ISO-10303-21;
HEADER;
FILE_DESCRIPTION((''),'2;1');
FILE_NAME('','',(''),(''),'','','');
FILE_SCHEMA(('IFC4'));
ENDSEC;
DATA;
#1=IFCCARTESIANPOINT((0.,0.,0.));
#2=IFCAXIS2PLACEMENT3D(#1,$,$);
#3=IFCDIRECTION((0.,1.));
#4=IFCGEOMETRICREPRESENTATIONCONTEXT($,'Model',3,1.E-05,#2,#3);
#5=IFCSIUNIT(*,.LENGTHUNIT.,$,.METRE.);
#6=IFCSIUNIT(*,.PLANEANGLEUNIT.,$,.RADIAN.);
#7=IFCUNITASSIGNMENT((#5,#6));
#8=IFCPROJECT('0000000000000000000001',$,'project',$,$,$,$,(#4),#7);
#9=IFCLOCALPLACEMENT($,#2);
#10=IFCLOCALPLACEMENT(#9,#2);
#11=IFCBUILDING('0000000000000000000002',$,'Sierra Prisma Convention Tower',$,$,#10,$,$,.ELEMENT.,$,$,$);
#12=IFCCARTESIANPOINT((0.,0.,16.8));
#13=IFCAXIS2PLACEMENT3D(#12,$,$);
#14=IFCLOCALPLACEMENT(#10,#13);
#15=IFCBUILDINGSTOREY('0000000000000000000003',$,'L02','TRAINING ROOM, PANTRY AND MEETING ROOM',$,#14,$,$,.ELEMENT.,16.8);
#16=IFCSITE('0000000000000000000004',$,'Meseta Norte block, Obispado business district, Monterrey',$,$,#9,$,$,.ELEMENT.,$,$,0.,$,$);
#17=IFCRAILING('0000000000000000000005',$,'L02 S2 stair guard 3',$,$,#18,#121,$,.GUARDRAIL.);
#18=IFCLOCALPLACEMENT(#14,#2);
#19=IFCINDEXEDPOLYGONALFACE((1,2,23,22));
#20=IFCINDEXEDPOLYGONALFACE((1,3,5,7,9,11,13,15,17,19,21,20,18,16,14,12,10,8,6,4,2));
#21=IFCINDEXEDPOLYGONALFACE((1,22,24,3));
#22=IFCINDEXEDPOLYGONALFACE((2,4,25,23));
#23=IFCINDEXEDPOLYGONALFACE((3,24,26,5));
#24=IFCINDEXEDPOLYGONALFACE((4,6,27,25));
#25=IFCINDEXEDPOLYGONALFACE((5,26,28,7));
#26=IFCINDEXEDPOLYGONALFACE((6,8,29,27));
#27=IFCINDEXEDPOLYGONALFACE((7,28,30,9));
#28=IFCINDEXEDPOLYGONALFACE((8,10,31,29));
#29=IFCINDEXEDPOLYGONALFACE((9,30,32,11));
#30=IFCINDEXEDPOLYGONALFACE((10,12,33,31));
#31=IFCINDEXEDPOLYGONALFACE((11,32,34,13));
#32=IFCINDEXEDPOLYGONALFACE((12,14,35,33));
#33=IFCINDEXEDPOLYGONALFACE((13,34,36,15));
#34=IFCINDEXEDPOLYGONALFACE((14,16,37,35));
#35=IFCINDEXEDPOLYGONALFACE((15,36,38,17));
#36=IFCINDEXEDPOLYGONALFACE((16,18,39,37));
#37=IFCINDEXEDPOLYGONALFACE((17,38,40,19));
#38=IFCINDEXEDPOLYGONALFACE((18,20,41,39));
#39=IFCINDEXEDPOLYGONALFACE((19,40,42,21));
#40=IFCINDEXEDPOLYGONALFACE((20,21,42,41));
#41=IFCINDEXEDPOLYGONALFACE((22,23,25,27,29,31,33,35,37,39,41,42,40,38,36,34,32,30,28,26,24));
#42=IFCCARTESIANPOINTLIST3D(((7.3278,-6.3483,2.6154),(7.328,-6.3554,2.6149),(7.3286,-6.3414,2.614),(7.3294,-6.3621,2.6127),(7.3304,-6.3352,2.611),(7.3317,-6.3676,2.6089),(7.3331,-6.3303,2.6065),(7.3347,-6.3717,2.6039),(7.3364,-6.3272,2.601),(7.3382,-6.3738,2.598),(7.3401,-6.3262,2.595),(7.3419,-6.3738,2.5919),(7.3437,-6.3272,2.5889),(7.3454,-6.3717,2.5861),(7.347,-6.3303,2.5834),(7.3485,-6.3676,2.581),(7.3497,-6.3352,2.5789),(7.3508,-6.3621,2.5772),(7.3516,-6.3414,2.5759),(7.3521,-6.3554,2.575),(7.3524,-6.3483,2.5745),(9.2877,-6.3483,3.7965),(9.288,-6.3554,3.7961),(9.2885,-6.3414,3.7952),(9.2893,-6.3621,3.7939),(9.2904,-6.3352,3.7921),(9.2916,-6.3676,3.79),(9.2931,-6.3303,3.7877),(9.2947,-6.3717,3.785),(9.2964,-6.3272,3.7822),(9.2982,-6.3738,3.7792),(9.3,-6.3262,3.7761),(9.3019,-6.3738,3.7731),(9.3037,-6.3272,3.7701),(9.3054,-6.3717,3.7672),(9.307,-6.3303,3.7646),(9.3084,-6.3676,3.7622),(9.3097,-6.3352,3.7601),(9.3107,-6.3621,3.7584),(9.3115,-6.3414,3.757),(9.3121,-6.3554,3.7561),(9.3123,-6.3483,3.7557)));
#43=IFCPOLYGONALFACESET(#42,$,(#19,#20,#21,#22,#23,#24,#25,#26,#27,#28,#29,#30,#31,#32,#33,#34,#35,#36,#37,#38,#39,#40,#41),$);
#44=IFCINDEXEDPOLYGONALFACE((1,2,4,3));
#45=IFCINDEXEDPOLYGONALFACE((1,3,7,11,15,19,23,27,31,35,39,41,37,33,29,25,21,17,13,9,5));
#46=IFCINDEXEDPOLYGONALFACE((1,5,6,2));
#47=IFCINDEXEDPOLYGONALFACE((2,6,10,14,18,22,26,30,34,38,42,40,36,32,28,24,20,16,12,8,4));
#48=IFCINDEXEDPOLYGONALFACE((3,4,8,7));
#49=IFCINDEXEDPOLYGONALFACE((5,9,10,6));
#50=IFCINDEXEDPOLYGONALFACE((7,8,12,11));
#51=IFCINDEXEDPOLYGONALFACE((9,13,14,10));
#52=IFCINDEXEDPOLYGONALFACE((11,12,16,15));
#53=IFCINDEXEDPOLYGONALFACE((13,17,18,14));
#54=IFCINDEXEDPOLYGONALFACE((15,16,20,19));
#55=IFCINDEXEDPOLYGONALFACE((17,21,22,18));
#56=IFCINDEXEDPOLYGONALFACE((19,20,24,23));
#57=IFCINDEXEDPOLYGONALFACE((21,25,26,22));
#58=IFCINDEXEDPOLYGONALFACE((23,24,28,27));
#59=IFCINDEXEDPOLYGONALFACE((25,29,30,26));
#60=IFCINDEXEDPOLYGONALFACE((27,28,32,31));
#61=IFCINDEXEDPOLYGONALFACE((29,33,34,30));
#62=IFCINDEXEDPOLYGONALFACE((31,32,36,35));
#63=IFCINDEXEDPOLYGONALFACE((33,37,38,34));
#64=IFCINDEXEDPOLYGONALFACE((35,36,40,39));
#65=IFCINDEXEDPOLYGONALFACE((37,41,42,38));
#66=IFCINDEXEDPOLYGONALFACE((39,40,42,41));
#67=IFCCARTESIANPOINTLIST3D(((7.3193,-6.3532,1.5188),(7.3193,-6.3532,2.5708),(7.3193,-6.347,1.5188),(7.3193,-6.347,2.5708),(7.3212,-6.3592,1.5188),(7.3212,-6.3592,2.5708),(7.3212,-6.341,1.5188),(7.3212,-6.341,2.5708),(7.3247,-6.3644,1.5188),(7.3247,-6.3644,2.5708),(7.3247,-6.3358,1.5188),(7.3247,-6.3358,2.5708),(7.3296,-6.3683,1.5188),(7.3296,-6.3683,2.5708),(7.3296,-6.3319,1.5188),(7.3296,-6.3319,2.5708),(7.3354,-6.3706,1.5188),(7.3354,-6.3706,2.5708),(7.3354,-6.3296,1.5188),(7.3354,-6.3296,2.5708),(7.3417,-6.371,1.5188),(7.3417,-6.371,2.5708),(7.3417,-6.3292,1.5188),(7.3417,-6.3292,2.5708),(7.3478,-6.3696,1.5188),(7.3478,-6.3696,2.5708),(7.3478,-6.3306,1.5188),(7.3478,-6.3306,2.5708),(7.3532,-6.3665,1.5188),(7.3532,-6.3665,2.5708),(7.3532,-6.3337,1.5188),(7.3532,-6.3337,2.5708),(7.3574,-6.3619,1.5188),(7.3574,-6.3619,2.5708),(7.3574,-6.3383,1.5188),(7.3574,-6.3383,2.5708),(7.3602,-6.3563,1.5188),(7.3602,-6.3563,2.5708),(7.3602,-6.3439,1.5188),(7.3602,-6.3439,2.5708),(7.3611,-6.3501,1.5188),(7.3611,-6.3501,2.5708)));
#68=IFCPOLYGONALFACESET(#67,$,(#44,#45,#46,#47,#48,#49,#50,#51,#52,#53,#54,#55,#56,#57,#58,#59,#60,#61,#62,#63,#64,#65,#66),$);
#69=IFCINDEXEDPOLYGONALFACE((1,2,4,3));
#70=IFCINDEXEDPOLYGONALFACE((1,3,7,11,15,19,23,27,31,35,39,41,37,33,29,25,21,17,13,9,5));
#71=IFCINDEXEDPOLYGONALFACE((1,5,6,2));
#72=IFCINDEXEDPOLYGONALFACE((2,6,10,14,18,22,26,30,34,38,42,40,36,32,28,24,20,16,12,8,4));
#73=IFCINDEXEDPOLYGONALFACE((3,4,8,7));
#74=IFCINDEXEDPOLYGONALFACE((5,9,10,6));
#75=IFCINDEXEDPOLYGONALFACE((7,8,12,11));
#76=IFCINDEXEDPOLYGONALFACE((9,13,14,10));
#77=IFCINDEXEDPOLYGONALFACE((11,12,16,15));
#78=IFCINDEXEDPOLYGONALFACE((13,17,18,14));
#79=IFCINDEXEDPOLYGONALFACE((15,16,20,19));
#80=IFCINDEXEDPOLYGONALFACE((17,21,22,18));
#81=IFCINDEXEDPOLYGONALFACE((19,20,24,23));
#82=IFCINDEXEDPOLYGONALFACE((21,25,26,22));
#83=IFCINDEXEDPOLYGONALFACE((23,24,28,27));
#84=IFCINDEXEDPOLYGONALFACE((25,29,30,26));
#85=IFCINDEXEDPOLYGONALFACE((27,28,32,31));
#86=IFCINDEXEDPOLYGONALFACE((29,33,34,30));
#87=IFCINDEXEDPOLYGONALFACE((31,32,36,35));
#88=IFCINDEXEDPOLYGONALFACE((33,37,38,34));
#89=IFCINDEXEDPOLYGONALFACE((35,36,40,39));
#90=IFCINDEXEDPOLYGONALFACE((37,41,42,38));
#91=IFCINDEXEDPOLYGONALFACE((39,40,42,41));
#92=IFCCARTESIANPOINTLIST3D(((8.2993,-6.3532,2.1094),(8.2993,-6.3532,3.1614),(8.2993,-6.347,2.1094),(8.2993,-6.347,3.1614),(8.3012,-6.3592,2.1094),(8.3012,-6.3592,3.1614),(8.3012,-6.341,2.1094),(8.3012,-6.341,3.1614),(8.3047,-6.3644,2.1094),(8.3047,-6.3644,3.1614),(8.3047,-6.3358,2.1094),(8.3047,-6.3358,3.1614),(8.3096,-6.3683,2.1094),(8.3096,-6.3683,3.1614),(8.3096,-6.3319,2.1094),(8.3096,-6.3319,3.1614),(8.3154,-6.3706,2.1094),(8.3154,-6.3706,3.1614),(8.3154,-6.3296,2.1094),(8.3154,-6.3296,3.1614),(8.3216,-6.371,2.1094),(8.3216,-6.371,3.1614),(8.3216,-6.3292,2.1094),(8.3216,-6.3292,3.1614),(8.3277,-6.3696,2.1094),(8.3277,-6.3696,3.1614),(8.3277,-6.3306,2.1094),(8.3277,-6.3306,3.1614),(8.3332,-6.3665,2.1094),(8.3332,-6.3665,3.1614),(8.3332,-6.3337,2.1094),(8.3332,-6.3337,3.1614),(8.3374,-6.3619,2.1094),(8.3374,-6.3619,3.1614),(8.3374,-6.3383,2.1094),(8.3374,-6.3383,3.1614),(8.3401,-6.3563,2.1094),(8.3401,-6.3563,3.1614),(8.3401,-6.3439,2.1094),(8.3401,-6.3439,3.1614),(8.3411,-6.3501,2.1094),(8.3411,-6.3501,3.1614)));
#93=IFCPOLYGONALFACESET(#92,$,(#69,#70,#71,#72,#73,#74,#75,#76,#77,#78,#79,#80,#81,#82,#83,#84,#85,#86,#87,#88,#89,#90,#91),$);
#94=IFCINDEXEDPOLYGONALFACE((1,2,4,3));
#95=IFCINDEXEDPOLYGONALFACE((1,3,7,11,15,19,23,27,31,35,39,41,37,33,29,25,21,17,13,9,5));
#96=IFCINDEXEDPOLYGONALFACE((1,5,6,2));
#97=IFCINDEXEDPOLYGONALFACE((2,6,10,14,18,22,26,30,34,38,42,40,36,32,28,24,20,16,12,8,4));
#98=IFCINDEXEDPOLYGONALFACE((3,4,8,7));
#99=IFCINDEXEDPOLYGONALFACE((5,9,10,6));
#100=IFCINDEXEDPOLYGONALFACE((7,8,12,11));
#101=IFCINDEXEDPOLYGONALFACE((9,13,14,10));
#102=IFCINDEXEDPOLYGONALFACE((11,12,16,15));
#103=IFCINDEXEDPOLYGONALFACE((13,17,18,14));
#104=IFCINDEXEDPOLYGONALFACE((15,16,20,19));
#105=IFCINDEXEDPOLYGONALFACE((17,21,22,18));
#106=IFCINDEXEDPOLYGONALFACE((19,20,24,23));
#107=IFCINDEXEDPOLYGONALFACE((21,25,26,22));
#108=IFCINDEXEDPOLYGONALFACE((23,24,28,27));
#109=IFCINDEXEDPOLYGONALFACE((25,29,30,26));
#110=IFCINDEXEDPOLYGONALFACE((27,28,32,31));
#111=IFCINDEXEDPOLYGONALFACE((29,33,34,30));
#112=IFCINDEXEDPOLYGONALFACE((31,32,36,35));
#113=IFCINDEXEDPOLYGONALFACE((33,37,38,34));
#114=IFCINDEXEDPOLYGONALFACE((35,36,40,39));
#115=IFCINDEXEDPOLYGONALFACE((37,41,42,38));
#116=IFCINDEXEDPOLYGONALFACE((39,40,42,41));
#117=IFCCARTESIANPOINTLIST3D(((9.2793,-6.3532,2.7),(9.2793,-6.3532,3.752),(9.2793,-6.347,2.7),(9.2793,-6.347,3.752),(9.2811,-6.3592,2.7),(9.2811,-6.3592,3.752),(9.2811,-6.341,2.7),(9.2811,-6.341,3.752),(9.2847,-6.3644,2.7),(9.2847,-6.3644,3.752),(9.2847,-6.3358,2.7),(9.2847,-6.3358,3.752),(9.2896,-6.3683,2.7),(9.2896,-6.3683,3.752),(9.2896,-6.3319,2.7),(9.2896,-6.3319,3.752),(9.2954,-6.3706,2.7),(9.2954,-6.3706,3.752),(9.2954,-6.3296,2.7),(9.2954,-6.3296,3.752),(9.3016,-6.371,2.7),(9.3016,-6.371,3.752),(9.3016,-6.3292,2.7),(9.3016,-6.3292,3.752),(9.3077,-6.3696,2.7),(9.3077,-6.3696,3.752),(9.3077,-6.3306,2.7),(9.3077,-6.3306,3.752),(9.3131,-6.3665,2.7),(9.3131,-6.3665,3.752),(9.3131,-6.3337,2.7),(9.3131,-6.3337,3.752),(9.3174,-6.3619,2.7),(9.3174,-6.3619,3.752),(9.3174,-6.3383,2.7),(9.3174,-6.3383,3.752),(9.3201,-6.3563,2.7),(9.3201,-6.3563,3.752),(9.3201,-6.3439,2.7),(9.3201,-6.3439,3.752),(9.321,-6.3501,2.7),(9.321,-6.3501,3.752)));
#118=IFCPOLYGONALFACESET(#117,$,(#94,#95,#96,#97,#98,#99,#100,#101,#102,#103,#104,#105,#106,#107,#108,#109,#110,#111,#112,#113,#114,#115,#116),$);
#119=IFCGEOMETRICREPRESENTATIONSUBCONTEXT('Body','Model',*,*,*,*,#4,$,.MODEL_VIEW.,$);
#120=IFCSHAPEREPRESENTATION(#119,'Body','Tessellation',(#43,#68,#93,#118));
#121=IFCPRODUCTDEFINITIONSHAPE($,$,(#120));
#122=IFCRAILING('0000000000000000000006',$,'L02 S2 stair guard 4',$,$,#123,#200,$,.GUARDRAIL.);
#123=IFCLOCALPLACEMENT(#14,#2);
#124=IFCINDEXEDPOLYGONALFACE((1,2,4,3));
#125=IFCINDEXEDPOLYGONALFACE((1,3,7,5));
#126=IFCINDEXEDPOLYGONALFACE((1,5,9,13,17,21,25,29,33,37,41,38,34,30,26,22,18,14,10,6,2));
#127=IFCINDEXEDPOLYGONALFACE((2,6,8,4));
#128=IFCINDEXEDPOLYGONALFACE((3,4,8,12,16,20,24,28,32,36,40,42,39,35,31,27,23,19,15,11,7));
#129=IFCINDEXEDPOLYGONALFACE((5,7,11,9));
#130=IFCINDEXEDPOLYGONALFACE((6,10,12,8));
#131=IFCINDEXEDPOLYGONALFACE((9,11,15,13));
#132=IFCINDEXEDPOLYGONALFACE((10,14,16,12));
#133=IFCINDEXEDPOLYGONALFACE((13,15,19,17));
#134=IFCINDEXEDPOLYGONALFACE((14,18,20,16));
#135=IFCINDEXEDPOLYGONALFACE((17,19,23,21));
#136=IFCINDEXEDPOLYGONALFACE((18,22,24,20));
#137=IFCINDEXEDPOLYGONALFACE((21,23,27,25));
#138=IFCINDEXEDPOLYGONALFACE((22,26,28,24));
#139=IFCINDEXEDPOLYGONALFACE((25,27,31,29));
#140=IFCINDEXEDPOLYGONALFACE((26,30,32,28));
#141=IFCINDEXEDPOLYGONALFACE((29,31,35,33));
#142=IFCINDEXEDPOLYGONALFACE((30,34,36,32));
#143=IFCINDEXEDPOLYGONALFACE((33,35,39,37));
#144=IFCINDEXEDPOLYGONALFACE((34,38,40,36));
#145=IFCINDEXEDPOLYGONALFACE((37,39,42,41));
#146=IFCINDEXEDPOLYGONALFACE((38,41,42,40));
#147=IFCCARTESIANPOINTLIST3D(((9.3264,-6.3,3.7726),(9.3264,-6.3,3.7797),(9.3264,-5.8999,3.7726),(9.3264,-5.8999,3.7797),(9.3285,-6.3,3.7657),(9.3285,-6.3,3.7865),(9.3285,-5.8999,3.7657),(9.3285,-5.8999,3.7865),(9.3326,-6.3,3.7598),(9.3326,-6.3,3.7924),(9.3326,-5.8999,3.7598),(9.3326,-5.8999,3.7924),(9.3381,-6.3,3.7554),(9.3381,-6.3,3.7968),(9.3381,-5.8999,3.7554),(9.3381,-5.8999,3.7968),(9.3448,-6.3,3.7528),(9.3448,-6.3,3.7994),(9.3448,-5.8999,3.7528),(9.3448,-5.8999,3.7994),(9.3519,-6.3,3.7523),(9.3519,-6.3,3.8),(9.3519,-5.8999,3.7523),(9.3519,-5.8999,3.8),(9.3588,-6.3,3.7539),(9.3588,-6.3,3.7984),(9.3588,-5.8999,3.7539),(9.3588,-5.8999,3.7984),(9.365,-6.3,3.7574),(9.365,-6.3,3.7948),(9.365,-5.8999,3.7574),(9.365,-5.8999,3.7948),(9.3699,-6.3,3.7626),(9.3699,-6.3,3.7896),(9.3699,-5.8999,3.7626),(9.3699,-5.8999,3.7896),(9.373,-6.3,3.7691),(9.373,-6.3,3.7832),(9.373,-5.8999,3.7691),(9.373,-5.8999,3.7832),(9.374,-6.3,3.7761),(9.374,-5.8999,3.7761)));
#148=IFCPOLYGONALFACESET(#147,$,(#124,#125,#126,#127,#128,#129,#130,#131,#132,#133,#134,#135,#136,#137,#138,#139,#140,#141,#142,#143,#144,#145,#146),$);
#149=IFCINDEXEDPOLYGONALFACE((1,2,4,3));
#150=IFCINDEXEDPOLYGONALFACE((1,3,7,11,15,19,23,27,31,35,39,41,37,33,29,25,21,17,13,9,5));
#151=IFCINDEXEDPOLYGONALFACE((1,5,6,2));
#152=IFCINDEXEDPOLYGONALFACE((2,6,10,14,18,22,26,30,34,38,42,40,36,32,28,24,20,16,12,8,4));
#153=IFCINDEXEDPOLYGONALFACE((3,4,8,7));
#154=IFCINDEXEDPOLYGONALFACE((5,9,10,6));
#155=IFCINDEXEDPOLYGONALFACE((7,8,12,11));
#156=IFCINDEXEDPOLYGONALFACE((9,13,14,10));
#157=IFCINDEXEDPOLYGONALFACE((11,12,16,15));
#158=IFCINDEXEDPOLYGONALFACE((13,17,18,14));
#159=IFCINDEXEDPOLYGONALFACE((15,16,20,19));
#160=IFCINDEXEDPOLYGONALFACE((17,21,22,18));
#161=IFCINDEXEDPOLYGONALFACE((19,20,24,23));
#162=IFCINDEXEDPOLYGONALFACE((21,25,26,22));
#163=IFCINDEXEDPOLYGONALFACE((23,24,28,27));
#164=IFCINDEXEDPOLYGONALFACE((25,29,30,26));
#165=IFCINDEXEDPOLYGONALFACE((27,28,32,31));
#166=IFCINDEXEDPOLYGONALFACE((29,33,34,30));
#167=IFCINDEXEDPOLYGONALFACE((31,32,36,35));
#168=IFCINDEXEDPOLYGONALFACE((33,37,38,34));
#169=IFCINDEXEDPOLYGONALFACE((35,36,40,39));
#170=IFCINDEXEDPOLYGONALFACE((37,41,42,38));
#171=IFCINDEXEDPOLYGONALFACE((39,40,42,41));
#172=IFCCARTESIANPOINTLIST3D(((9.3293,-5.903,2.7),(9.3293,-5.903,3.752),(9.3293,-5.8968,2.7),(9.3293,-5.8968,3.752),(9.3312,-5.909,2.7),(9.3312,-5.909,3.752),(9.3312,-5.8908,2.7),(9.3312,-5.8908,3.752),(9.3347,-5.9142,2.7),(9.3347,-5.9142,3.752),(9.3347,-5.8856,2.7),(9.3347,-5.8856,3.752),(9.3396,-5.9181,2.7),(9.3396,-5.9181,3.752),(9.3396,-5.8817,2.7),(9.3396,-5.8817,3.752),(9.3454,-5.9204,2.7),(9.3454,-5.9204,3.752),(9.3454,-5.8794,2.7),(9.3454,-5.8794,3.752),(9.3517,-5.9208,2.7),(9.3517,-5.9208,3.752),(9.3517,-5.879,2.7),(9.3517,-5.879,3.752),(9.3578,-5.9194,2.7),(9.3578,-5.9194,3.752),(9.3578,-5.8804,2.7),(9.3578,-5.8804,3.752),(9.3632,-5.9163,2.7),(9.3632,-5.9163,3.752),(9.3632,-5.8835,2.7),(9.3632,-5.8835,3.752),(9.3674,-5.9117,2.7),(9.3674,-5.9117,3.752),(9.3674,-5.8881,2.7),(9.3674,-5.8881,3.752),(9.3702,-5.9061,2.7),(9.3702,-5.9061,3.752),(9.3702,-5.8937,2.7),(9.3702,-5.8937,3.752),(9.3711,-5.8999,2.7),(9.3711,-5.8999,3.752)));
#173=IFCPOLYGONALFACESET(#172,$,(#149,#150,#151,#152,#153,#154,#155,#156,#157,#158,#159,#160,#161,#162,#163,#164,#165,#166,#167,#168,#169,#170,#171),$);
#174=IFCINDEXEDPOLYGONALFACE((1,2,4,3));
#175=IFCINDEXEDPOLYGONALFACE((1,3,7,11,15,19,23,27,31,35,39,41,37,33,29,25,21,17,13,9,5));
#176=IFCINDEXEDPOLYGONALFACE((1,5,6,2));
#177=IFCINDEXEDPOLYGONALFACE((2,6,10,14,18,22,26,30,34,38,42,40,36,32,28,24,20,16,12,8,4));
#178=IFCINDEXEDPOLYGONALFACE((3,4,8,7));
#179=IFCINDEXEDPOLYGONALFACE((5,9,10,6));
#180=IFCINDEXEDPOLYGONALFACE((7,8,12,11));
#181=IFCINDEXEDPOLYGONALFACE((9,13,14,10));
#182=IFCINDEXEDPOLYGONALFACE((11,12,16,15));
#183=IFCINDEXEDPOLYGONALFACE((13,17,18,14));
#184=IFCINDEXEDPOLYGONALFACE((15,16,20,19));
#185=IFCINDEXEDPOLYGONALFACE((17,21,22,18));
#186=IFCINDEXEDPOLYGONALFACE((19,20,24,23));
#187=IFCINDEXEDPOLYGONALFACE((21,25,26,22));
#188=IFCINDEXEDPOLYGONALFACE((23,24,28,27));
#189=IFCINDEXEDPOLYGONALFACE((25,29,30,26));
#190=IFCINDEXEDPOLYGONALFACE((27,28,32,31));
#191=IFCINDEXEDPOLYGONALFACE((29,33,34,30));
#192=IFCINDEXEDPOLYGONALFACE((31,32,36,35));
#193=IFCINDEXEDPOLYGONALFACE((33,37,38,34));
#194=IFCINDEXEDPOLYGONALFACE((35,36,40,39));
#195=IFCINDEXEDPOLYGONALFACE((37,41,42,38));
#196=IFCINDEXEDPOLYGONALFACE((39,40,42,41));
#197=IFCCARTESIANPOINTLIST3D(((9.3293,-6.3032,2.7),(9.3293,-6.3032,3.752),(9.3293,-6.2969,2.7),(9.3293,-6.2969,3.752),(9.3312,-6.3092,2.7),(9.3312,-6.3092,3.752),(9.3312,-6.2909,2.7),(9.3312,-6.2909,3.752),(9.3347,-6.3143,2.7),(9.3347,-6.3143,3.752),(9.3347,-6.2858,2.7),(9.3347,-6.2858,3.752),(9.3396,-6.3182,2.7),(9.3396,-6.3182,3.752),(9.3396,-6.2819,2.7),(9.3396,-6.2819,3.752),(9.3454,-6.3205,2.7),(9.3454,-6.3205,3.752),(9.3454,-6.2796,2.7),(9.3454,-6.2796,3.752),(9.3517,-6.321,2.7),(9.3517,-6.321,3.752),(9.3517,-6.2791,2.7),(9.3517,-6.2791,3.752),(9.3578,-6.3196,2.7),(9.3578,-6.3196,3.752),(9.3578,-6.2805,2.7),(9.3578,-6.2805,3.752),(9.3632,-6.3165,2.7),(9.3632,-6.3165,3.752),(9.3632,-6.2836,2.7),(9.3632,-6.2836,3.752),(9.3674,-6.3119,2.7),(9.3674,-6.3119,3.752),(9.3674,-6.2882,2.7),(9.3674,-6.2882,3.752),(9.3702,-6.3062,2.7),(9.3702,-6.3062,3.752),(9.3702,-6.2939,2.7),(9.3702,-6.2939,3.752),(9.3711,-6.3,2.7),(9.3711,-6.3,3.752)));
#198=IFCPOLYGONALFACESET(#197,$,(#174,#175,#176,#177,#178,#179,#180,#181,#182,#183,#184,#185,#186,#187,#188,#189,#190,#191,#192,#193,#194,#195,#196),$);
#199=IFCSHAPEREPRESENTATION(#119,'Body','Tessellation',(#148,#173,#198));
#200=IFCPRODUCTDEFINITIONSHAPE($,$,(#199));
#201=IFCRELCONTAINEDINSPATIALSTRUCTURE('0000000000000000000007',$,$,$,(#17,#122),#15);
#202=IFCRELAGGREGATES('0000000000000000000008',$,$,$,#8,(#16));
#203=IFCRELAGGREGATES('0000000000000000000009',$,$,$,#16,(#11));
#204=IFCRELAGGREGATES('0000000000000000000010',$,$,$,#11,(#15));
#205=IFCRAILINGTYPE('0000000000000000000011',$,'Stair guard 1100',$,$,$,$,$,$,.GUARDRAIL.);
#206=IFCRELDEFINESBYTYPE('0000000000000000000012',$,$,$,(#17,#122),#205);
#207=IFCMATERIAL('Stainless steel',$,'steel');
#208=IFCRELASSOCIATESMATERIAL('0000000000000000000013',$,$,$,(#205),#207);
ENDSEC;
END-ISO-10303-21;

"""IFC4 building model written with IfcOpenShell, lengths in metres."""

from ifc_helpers import new_model, si_unit, direction, frame, origin, origin_2d, place, context, subcontext, project, spatial, circle, extrude, material, type_object, element, save


model = new_model("IFC4")

# Units and contexts
model_context = context("Model", 3, precision=1e-05, world=origin(), true_north=direction((0.0, 1.0)))
body_context = subcontext(model_context, "Body", "Model", "MODEL_VIEW")
ifc_project = project(units=[si_unit("LENGTHUNIT", "METRE"), si_unit("PLANEANGLEUNIT", "RADIAN")], contexts=[model_context])

# Site, building, storey
site_placement = place(None, origin())
site = spatial("IfcSite", under=ifc_project, at=site_placement, Name="Meseta Norte block, Obispado business district, Monterrey", CompositionType="ELEMENT", RefElevation=0.0)
building_placement = place(site_placement, origin())
building = spatial("IfcBuilding", under=site, at=building_placement, Name="Sierra Prisma Convention Tower", CompositionType="ELEMENT")
storey_placement = place(building_placement, frame((0.0, 0.0, 16.8)))
storey = spatial("IfcBuildingStorey", under=building, at=storey_placement, Name="L02", Description="TRAINING ROOM, PANTRY AND MEETING ROOM", CompositionType="ELEMENT", Elevation=16.8)

# Railings
ifc_material_1 = material(Name="Stainless steel", Category="steel")
railing_type_1 = type_object("IfcRailingType", Name="Stair guard 1100", PredefinedType="GUARDRAIL", material=ifc_material_1)
railing_1_placement = place(storey_placement, frame((7.3401, -6.3501, 1.5188)))
element("IfcRailing", 1, at=railing_1_placement, inside=storey, type_object=railing_type_1, Name="L02 S2 stair guard 3", PredefinedType="GUARDRAIL", context=body_context, shape_type="SweptSolid", body=[
    extrude(circle(Radius=0.0239, at=origin_2d()), frame((0.0, 0.0, 1.0762), z_axis=(0.856493, 0.0, 0.516158), x_axis=(0.0, 1.0, 0.0)), (0.0, 0.0, 1.0), 2.2883),
    extrude(circle(Radius=0.021, at=origin_2d()), origin(), (0.0, 0.0, 1.0), 1.052),
    extrude(circle(Radius=0.021, at=origin_2d()), frame((0.98, 0.0, 0.5906)), (0.0, 0.0, 1.0), 1.052),
    extrude(circle(Radius=0.021, at=origin_2d()), frame((1.96, 0.0, 1.1812)), (0.0, 0.0, 1.0), 1.052),
])
for number, where, name in (
    (2, (9.3501, -5.8999, 2.7), "L02 S2 stair guard 4"),
):
    element("IfcRailing", number, at=place(storey_placement, frame(where)), inside=storey, type_object=railing_type_1, Name=name, PredefinedType="GUARDRAIL", context=body_context, shape_type="SweptSolid", body=[
        extrude(circle(Radius=0.0239, at=origin_2d()), frame((0.0, 0.0, 1.0762), z_axis=(0.0, -1.0, 0.0), x_axis=(1.0, 0.0, 0.0)), (0.0, 0.0, 1.0), 0.4001),
        extrude(circle(Radius=0.021, at=origin_2d()), origin(), (0.0, 0.0, 1.0), 1.052),
        extrude(circle(Radius=0.021, at=origin_2d()), frame((0.0, -0.4001, 0.0)), (0.0, 0.0, 1.0), 1.052),
    ])

save(model, "model.ifc")
